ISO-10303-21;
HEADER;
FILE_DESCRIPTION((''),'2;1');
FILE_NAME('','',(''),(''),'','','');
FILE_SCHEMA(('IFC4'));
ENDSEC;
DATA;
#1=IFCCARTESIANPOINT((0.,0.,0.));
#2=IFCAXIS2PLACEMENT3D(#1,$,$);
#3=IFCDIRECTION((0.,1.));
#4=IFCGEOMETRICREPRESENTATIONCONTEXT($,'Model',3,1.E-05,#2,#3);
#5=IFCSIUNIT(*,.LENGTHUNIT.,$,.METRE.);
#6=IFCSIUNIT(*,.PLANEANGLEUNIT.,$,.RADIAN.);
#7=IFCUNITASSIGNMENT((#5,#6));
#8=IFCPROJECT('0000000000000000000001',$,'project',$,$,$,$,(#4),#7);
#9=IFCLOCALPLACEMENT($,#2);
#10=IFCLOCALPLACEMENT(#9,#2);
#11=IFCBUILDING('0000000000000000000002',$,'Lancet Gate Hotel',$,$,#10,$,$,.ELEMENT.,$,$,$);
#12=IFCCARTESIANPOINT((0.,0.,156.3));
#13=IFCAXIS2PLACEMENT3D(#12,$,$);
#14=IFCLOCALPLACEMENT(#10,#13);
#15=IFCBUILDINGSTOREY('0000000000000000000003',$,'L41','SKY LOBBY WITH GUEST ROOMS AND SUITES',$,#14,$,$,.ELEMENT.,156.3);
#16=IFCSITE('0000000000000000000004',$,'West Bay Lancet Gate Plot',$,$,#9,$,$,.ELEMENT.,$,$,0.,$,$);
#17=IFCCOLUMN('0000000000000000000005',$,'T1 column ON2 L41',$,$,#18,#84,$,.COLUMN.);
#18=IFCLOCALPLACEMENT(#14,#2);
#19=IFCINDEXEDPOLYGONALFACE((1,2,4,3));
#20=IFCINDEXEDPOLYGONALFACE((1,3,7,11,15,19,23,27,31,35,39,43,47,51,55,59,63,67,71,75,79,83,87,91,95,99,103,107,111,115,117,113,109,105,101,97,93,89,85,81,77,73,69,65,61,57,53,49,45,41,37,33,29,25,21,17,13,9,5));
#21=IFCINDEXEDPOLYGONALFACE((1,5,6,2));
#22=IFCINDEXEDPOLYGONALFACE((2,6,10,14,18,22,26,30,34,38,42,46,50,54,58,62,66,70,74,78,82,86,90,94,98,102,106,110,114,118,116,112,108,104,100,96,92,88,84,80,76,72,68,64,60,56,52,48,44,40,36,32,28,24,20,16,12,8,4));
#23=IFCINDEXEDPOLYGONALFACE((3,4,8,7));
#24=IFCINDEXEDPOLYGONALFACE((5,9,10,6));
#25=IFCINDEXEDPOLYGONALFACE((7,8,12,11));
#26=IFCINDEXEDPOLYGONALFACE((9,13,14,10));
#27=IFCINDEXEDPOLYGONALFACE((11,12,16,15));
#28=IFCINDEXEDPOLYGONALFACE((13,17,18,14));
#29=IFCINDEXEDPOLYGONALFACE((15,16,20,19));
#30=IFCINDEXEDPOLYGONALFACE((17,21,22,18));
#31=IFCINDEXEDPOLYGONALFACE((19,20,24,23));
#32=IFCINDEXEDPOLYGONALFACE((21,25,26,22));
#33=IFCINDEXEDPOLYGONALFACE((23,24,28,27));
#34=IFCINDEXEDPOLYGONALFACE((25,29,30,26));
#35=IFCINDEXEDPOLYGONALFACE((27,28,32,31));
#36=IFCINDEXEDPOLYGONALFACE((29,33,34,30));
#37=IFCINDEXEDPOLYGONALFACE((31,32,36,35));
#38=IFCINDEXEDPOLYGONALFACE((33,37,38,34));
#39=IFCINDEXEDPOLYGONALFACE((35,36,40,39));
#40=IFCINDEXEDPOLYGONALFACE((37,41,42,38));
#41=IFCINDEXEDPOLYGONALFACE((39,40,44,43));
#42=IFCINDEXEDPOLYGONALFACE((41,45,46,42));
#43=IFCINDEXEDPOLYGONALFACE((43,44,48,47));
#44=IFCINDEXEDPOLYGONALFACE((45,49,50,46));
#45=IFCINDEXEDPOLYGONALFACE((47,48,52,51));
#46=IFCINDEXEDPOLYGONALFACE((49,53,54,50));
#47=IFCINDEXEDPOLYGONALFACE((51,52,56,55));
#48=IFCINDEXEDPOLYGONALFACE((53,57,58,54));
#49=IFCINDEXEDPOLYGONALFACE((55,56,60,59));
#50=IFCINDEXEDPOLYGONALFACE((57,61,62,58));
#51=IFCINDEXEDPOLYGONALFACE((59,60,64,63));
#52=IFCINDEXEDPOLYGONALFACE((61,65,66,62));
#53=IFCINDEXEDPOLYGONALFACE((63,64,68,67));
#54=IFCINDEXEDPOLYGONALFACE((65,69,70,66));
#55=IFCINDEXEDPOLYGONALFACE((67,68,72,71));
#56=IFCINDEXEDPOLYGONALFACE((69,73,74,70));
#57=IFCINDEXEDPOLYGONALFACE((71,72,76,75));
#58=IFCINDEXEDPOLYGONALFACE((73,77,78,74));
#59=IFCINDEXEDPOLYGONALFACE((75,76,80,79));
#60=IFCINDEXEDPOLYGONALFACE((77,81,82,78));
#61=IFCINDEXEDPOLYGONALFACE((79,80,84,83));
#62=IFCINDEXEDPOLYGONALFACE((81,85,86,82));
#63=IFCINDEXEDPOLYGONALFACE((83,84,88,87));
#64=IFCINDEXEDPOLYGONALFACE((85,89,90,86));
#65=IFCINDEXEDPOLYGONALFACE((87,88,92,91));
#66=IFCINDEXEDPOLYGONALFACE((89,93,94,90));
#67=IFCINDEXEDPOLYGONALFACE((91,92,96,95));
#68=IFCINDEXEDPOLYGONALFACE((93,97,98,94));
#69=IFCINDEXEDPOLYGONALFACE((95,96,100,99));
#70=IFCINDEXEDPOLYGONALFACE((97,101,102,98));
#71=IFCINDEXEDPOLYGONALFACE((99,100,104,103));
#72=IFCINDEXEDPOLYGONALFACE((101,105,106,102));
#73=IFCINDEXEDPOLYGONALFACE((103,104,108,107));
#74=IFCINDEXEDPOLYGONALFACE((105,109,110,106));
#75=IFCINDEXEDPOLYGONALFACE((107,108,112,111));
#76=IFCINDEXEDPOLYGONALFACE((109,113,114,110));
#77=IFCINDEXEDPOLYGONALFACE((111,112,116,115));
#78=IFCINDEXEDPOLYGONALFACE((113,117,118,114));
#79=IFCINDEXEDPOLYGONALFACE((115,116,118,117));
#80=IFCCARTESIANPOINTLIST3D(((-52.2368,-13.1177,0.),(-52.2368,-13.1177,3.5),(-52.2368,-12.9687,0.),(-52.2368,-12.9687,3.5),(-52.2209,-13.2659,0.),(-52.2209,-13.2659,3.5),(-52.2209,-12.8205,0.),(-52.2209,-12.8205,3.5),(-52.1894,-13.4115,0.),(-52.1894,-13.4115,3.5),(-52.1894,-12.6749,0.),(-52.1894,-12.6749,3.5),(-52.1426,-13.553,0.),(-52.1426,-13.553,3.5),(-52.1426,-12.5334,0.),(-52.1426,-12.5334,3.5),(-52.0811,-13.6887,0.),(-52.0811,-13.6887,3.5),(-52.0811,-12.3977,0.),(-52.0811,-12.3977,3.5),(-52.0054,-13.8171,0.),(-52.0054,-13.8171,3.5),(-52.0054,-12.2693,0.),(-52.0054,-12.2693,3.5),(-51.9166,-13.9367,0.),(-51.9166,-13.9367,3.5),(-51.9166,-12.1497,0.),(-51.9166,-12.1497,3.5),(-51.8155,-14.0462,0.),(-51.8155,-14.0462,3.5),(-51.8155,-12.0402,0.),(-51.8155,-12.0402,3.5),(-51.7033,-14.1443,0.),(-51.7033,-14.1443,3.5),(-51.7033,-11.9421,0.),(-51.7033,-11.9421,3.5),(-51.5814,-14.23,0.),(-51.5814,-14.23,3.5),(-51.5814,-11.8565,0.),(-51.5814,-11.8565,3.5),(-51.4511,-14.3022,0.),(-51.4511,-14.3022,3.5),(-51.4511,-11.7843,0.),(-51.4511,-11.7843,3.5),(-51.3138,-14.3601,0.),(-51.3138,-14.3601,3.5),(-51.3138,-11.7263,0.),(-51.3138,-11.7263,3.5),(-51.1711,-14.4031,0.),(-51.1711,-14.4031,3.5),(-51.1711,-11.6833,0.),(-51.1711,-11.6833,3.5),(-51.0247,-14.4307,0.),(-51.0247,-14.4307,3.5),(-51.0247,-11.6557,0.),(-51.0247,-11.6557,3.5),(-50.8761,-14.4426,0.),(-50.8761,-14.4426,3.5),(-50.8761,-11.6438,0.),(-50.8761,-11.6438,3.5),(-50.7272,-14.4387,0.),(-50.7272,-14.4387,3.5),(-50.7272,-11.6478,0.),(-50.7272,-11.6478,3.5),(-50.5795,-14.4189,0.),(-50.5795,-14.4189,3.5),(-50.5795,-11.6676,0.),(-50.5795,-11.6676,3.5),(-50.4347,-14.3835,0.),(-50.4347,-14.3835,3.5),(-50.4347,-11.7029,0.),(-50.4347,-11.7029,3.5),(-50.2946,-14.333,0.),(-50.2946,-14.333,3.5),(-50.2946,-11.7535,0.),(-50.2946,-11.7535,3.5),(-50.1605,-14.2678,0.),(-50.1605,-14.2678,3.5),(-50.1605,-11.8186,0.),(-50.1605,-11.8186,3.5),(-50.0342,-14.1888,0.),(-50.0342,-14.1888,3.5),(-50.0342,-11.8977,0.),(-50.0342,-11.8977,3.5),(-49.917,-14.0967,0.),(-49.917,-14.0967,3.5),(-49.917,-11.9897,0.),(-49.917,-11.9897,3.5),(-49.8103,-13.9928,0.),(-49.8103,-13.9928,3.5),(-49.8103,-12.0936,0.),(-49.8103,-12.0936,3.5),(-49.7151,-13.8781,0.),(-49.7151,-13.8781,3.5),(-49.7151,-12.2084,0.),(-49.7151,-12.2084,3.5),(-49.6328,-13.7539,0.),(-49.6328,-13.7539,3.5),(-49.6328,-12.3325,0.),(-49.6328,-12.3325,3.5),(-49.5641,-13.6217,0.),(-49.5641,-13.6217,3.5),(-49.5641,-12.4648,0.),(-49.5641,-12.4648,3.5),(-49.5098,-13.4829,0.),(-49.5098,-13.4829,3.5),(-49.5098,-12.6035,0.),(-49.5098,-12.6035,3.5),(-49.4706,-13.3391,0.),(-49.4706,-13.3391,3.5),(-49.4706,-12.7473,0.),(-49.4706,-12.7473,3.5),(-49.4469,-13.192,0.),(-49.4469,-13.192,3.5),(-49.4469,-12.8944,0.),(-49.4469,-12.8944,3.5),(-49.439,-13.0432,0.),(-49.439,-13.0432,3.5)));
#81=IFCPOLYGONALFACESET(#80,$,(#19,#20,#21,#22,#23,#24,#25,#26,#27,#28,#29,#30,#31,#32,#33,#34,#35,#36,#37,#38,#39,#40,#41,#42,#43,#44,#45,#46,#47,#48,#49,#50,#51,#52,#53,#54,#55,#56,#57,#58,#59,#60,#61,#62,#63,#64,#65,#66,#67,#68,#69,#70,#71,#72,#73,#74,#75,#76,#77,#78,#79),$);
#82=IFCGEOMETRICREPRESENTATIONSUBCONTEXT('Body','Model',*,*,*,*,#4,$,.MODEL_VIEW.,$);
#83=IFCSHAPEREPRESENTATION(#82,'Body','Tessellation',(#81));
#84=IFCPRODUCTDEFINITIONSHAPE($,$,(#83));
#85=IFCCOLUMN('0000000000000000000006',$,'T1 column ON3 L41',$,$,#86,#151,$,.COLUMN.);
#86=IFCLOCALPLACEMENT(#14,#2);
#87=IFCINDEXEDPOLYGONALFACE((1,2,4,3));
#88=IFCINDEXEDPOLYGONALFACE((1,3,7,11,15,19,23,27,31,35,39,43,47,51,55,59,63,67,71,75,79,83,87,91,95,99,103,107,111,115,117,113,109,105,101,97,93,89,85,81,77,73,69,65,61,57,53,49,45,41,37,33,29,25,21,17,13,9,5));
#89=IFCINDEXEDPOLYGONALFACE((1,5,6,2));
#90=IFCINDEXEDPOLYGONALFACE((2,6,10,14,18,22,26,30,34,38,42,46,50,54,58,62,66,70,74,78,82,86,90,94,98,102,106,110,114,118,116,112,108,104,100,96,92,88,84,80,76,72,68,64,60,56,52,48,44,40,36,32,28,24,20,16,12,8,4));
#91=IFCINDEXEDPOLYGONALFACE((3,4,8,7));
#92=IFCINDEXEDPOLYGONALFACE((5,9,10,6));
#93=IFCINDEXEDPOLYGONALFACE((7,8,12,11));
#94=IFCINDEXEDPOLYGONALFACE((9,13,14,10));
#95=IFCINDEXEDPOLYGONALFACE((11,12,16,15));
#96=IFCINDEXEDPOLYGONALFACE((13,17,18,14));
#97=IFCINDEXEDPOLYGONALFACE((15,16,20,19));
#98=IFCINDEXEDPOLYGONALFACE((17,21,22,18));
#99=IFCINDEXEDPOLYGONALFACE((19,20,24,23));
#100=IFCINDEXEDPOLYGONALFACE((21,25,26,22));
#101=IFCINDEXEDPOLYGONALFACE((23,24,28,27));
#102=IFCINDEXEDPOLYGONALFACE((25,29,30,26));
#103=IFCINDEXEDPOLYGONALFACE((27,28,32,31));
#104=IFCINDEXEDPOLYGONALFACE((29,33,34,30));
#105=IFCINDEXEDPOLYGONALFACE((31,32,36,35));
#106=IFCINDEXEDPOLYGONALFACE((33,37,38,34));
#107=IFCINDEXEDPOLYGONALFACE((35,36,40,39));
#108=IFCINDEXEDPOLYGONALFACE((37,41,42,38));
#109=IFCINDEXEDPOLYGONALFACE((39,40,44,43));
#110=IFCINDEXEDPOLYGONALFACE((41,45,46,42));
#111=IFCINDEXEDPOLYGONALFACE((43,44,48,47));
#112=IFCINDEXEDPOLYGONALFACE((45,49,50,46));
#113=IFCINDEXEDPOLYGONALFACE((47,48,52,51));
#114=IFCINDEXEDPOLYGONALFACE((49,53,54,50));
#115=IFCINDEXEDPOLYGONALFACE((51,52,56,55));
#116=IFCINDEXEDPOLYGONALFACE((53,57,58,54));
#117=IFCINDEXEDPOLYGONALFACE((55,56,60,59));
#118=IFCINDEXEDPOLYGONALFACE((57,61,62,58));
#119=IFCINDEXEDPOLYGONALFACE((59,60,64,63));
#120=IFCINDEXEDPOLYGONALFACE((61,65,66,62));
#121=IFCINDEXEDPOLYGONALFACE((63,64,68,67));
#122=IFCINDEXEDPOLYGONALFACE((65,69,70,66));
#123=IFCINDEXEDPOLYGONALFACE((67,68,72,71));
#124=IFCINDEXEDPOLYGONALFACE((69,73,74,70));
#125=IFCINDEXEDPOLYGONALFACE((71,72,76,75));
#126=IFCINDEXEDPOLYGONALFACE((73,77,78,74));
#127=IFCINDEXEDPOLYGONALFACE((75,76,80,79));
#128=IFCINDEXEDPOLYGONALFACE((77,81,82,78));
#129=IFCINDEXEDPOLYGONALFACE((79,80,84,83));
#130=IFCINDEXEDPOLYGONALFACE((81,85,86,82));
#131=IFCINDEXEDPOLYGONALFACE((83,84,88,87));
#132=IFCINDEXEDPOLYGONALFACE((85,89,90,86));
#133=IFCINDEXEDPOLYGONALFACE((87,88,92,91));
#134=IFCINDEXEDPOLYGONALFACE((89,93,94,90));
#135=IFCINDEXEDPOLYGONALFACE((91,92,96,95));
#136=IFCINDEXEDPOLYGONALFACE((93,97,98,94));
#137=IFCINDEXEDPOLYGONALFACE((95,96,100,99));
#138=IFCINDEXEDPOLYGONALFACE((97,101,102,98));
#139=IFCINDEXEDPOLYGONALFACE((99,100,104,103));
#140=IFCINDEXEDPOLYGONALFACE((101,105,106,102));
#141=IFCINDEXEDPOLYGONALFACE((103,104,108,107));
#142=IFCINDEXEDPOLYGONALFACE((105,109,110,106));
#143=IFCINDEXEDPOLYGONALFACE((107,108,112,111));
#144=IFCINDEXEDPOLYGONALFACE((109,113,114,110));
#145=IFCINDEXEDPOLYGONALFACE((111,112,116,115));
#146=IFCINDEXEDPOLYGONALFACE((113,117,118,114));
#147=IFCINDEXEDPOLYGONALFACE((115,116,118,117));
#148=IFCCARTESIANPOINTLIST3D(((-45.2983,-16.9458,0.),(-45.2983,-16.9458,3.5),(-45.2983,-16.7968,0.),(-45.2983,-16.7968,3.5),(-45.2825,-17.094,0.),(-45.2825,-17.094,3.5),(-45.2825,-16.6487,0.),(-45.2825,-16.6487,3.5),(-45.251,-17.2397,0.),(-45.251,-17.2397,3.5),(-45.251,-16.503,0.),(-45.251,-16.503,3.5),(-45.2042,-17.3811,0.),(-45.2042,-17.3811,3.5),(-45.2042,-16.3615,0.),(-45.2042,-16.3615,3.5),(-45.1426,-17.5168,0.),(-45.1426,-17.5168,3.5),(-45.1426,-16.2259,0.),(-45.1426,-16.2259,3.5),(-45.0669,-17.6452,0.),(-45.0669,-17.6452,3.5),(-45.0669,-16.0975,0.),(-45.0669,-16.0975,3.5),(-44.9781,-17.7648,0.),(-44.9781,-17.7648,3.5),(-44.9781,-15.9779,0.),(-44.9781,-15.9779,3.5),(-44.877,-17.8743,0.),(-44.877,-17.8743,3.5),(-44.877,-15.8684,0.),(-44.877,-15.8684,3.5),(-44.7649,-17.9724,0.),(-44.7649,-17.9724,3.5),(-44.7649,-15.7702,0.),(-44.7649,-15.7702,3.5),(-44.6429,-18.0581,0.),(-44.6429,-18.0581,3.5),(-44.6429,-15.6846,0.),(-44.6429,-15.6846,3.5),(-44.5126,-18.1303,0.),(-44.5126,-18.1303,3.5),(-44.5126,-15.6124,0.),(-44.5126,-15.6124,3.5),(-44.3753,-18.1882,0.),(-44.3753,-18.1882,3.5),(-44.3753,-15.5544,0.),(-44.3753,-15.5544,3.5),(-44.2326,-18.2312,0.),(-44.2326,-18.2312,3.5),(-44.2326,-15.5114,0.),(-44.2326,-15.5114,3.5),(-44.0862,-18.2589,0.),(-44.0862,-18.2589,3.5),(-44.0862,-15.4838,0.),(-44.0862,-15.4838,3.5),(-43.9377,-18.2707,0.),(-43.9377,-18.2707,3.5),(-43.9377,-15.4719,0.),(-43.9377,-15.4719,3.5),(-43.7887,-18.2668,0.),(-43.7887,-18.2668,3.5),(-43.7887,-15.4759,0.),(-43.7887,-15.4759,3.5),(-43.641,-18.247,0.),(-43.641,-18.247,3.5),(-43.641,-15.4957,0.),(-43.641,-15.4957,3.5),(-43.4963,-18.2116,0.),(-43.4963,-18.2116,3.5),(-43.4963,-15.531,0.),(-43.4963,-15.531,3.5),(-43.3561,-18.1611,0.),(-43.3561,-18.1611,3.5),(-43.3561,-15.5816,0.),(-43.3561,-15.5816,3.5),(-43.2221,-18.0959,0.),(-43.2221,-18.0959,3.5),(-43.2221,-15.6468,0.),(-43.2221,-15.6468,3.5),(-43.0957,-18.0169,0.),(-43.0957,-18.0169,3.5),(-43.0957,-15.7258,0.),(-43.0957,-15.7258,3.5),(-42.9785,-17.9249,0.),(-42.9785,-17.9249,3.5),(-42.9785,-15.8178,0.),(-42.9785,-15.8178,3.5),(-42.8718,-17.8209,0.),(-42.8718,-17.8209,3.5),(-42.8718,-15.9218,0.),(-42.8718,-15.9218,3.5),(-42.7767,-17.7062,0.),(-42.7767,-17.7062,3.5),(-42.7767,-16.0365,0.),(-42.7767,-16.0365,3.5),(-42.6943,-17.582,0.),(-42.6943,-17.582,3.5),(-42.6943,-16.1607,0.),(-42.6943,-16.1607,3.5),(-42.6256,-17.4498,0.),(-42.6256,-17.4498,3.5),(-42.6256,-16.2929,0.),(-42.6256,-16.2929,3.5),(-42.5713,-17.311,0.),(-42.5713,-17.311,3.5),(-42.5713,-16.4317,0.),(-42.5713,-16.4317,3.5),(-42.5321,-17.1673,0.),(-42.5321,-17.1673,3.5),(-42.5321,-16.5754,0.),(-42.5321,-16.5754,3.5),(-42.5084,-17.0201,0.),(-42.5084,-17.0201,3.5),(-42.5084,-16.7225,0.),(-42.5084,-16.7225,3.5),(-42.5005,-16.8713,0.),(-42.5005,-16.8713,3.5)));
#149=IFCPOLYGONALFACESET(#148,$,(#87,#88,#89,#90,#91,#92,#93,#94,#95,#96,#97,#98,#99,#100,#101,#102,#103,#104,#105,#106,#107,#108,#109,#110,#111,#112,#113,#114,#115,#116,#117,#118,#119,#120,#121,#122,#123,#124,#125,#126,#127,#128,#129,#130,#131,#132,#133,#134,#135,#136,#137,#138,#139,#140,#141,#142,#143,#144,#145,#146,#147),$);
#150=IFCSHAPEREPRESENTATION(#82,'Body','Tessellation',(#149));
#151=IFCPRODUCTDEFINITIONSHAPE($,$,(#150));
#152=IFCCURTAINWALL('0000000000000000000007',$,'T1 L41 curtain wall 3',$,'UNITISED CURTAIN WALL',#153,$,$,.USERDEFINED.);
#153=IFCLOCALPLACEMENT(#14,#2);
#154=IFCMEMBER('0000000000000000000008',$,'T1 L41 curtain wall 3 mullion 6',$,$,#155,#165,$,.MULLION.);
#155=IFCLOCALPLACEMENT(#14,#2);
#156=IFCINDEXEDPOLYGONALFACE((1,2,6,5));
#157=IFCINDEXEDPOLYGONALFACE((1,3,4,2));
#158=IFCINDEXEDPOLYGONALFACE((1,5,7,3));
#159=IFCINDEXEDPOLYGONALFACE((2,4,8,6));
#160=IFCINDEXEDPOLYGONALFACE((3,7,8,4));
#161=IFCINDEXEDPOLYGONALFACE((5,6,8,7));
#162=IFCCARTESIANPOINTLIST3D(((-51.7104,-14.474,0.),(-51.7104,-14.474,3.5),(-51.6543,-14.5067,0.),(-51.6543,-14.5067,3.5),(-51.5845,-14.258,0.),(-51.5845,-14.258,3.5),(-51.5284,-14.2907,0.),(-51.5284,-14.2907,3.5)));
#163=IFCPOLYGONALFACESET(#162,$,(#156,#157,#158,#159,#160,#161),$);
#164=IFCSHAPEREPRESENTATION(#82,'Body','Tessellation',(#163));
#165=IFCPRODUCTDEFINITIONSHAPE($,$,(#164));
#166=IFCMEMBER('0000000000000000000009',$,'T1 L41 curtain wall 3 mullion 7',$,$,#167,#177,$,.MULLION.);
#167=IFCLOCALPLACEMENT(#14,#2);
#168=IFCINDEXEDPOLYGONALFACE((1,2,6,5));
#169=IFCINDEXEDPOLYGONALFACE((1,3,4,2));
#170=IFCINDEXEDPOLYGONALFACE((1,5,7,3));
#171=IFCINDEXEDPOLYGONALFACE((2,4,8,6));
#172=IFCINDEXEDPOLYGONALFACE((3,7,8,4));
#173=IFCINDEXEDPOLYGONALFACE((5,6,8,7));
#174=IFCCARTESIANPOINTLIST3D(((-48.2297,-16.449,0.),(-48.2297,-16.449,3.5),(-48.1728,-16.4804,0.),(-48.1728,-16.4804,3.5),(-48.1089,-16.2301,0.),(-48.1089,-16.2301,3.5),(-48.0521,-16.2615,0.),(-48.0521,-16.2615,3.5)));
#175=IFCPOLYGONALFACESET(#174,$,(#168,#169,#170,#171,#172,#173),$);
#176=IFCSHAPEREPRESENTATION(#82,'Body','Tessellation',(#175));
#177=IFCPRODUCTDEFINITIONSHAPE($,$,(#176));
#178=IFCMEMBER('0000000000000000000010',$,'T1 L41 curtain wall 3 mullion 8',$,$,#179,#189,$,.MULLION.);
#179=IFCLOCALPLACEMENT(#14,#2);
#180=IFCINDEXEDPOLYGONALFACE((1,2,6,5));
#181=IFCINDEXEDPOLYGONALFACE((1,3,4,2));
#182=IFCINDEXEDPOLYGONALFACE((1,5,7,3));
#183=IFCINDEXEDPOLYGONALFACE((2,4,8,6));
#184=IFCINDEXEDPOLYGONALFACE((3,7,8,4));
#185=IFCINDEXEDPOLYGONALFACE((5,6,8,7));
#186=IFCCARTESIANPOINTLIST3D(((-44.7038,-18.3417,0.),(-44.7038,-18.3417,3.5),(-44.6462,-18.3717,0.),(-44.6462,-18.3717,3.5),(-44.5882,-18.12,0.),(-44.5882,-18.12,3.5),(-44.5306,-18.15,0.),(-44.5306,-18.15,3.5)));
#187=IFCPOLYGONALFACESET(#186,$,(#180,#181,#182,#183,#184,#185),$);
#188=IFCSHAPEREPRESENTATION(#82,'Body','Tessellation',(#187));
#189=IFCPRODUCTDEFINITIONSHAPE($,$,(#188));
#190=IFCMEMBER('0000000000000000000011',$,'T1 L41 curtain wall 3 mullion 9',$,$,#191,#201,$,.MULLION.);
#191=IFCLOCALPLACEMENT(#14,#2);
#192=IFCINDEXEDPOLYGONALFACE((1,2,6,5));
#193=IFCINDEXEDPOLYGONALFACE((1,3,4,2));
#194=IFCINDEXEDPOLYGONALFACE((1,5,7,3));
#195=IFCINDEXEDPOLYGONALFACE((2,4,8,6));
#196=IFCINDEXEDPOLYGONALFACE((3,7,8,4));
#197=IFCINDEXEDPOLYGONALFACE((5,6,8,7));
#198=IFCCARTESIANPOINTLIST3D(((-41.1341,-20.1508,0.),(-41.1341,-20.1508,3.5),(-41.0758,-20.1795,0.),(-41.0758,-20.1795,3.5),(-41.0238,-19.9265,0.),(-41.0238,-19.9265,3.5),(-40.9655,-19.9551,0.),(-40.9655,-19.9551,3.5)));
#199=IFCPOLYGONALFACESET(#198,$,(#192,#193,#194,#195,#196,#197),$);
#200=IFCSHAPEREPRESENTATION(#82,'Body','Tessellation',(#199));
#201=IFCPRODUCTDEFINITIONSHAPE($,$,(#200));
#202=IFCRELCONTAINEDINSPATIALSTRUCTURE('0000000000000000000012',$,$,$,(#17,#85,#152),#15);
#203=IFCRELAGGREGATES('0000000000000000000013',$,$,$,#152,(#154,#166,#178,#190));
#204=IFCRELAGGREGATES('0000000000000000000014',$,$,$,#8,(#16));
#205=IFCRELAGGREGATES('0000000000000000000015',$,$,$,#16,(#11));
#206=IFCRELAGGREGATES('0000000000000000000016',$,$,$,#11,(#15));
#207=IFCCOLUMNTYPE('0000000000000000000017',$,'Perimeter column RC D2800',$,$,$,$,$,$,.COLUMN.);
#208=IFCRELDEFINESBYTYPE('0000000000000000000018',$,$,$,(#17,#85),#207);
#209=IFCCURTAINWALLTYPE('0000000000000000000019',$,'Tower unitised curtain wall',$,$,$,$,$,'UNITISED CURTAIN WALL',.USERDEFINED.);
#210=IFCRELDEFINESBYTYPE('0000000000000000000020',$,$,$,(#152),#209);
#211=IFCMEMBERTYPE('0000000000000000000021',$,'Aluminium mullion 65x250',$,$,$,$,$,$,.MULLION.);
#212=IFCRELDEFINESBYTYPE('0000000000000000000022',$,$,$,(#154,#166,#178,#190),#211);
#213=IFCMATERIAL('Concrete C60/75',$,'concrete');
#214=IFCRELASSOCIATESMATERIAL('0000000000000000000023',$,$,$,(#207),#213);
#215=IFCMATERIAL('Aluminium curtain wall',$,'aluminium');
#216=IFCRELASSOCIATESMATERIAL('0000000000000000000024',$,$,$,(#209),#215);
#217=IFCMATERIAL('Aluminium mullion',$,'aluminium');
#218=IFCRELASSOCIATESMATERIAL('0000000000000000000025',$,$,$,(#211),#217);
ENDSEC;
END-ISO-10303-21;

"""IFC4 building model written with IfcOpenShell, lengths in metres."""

from ifc_helpers import new_model, si_unit, direction, frame, origin, origin_2d, place, context, subcontext, project, spatial, rectangle, circle, extrude, material, material_profile, profile_set, type_object, element, aggregate, save


model = new_model("IFC4")

# Units and contexts
model_context = context("Model", 3, precision=1e-05, world=origin(), true_north=direction((0.0, 1.0)))
body_context = subcontext(model_context, "Body", "Model", "MODEL_VIEW")
ifc_project = project(units=[si_unit("LENGTHUNIT", "METRE"), si_unit("PLANEANGLEUNIT", "RADIAN")], contexts=[model_context])

# Site, building, storey
site_placement = place(None, origin())
site = spatial("IfcSite", under=ifc_project, at=site_placement, Name="West Bay Lancet Gate Plot", CompositionType="ELEMENT", RefElevation=0.0)
building_placement = place(site_placement, origin())
building = spatial("IfcBuilding", under=site, at=building_placement, Name="Lancet Gate Hotel", CompositionType="ELEMENT")
storey_placement = place(building_placement, frame((0.0, 0.0, 156.3)))
storey = spatial("IfcBuildingStorey", under=building, at=storey_placement, Name="L41", Description="SKY LOBBY WITH GUEST ROOMS AND SUITES", CompositionType="ELEMENT", Elevation=156.3)

# Columns
ifc_material_1 = material(Name="Concrete C60/75", Category="concrete")
ifc_material_profile_1 = material_profile(ifc_material_1, circle(Radius=1.3999, at=origin_2d()), Name="RC D2800")
ifc_profile_set_1 = profile_set([ifc_material_profile_1], Name="Concrete C60/75")
column_type = type_object("IfcColumnType", Name="Perimeter column RC D2800", PredefinedType="COLUMN", material=ifc_profile_set_1)
for number, where, z_axis, x_axis, name in (
    (1, (-50.8389, -13.0432, 0.0), (0.0, 0.0, 1.0), (1.0, 0.0, 0.0), "T1 column ON2 L41"),
    (2, (-43.9004, -16.8713, 0.0), (0.0, 0.0, 1.0), (1.0, 0.0, 0.0), "T1 column ON3 L41"),
):
    element("IfcColumn", number, at=place(storey_placement, frame(where, z_axis=z_axis, x_axis=x_axis)), inside=storey, type_object=column_type, Name=name, PredefinedType="COLUMN", context=body_context, shape_type="SweptSolid", body=[
        extrude(circle(Radius=1.3999, at=origin_2d()), origin(), (0.0, 0.0, 1.0), 3.5),
    ])

# Curtain wall, members
ifc_material_2 = material(Name="Aluminium curtain wall", Category="aluminium")
curtain_wall_type = type_object("IfcCurtainWallType", Name="Tower unitised curtain wall", ElementType="UNITISED CURTAIN WALL", PredefinedType="USERDEFINED", material=ifc_material_2)
curtain_wall_placement = place(storey_placement, origin())
curtain_wall = element("IfcCurtainWall", 3, at=curtain_wall_placement, inside=storey, type_object=curtain_wall_type, Name="T1 L41 curtain wall 3", ObjectType="UNITISED CURTAIN WALL", PredefinedType="USERDEFINED")
ifc_material_3 = material(Name="Aluminium mullion", Category="aluminium")
ifc_material_profile_2 = material_profile(ifc_material_3, rectangle(XDim=0.0649, YDim=0.25, at=origin_2d()), Name="MULLION 65x250")
ifc_profile_set_2 = profile_set([ifc_material_profile_2], Name="Aluminium mullion")
member_type_1 = type_object("IfcMemberType", Name="Aluminium mullion 65x250", PredefinedType="MULLION", material=ifc_profile_set_2)
member_1_placement = place(storey_placement, frame((-51.6194, -14.3823, 0.0), z_axis=(0.0, 0.0, 1.0), x_axis=(0.863969, -0.503545, 0.0)))
member_1 = element("IfcMember", 4, at=member_1_placement, type_object=member_type_1, Name="T1 L41 curtain wall 3 mullion 6", PredefinedType="MULLION", context=body_context, shape_type="SweptSolid", body=[
    extrude(rectangle(XDim=0.0649, YDim=0.25, at=origin_2d()), origin(), (0.0, 0.0, 1.0), 3.5),
])
member_2_placement = place(storey_placement, frame((-48.1409, -16.3552, 0.0), z_axis=(0.0, 0.0, 1.0), x_axis=(0.875574, -0.483084, 0.0)))
member_2 = element("IfcMember", 5, at=member_2_placement, type_object=member_type_1, Name="T1 L41 curtain wall 3 mullion 7", PredefinedType="MULLION", context=body_context, shape_type="SweptSolid", body=[
    extrude(rectangle(XDim=0.0649, YDim=0.25, at=origin_2d()), origin(), (0.0, 0.0, 1.0), 3.5),
])
member_3_placement = place(storey_placement, frame((-44.6172, -18.2458, 0.0), z_axis=(0.0, 0.0, 1.0), x_axis=(0.886694, -0.462356, 0.0)))
member_3 = element("IfcMember", 6, at=member_3_placement, type_object=member_type_1, Name="T1 L41 curtain wall 3 mullion 8", PredefinedType="MULLION", context=body_context, shape_type="SweptSolid", body=[
    extrude(rectangle(XDim=0.0649, YDim=0.25, at=origin_2d()), origin(), (0.0, 0.0, 1.0), 3.5),
])
member_4_placement = place(storey_placement, frame((-41.0498, -20.053, 0.0), z_axis=(0.0, 0.0, 1.0), x_axis=(0.897324, -0.441372, 0.0)))
member_4 = element("IfcMember", 7, at=member_4_placement, type_object=member_type_1, Name="T1 L41 curtain wall 3 mullion 9", PredefinedType="MULLION", context=body_context, shape_type="SweptSolid", body=[
    extrude(rectangle(XDim=0.0649, YDim=0.25, at=origin_2d()), origin(), (0.0, 0.0, 1.0), 3.5),
])

aggregate(curtain_wall, [member_1, member_2, member_3, member_4])

save(model, "model.ifc")
